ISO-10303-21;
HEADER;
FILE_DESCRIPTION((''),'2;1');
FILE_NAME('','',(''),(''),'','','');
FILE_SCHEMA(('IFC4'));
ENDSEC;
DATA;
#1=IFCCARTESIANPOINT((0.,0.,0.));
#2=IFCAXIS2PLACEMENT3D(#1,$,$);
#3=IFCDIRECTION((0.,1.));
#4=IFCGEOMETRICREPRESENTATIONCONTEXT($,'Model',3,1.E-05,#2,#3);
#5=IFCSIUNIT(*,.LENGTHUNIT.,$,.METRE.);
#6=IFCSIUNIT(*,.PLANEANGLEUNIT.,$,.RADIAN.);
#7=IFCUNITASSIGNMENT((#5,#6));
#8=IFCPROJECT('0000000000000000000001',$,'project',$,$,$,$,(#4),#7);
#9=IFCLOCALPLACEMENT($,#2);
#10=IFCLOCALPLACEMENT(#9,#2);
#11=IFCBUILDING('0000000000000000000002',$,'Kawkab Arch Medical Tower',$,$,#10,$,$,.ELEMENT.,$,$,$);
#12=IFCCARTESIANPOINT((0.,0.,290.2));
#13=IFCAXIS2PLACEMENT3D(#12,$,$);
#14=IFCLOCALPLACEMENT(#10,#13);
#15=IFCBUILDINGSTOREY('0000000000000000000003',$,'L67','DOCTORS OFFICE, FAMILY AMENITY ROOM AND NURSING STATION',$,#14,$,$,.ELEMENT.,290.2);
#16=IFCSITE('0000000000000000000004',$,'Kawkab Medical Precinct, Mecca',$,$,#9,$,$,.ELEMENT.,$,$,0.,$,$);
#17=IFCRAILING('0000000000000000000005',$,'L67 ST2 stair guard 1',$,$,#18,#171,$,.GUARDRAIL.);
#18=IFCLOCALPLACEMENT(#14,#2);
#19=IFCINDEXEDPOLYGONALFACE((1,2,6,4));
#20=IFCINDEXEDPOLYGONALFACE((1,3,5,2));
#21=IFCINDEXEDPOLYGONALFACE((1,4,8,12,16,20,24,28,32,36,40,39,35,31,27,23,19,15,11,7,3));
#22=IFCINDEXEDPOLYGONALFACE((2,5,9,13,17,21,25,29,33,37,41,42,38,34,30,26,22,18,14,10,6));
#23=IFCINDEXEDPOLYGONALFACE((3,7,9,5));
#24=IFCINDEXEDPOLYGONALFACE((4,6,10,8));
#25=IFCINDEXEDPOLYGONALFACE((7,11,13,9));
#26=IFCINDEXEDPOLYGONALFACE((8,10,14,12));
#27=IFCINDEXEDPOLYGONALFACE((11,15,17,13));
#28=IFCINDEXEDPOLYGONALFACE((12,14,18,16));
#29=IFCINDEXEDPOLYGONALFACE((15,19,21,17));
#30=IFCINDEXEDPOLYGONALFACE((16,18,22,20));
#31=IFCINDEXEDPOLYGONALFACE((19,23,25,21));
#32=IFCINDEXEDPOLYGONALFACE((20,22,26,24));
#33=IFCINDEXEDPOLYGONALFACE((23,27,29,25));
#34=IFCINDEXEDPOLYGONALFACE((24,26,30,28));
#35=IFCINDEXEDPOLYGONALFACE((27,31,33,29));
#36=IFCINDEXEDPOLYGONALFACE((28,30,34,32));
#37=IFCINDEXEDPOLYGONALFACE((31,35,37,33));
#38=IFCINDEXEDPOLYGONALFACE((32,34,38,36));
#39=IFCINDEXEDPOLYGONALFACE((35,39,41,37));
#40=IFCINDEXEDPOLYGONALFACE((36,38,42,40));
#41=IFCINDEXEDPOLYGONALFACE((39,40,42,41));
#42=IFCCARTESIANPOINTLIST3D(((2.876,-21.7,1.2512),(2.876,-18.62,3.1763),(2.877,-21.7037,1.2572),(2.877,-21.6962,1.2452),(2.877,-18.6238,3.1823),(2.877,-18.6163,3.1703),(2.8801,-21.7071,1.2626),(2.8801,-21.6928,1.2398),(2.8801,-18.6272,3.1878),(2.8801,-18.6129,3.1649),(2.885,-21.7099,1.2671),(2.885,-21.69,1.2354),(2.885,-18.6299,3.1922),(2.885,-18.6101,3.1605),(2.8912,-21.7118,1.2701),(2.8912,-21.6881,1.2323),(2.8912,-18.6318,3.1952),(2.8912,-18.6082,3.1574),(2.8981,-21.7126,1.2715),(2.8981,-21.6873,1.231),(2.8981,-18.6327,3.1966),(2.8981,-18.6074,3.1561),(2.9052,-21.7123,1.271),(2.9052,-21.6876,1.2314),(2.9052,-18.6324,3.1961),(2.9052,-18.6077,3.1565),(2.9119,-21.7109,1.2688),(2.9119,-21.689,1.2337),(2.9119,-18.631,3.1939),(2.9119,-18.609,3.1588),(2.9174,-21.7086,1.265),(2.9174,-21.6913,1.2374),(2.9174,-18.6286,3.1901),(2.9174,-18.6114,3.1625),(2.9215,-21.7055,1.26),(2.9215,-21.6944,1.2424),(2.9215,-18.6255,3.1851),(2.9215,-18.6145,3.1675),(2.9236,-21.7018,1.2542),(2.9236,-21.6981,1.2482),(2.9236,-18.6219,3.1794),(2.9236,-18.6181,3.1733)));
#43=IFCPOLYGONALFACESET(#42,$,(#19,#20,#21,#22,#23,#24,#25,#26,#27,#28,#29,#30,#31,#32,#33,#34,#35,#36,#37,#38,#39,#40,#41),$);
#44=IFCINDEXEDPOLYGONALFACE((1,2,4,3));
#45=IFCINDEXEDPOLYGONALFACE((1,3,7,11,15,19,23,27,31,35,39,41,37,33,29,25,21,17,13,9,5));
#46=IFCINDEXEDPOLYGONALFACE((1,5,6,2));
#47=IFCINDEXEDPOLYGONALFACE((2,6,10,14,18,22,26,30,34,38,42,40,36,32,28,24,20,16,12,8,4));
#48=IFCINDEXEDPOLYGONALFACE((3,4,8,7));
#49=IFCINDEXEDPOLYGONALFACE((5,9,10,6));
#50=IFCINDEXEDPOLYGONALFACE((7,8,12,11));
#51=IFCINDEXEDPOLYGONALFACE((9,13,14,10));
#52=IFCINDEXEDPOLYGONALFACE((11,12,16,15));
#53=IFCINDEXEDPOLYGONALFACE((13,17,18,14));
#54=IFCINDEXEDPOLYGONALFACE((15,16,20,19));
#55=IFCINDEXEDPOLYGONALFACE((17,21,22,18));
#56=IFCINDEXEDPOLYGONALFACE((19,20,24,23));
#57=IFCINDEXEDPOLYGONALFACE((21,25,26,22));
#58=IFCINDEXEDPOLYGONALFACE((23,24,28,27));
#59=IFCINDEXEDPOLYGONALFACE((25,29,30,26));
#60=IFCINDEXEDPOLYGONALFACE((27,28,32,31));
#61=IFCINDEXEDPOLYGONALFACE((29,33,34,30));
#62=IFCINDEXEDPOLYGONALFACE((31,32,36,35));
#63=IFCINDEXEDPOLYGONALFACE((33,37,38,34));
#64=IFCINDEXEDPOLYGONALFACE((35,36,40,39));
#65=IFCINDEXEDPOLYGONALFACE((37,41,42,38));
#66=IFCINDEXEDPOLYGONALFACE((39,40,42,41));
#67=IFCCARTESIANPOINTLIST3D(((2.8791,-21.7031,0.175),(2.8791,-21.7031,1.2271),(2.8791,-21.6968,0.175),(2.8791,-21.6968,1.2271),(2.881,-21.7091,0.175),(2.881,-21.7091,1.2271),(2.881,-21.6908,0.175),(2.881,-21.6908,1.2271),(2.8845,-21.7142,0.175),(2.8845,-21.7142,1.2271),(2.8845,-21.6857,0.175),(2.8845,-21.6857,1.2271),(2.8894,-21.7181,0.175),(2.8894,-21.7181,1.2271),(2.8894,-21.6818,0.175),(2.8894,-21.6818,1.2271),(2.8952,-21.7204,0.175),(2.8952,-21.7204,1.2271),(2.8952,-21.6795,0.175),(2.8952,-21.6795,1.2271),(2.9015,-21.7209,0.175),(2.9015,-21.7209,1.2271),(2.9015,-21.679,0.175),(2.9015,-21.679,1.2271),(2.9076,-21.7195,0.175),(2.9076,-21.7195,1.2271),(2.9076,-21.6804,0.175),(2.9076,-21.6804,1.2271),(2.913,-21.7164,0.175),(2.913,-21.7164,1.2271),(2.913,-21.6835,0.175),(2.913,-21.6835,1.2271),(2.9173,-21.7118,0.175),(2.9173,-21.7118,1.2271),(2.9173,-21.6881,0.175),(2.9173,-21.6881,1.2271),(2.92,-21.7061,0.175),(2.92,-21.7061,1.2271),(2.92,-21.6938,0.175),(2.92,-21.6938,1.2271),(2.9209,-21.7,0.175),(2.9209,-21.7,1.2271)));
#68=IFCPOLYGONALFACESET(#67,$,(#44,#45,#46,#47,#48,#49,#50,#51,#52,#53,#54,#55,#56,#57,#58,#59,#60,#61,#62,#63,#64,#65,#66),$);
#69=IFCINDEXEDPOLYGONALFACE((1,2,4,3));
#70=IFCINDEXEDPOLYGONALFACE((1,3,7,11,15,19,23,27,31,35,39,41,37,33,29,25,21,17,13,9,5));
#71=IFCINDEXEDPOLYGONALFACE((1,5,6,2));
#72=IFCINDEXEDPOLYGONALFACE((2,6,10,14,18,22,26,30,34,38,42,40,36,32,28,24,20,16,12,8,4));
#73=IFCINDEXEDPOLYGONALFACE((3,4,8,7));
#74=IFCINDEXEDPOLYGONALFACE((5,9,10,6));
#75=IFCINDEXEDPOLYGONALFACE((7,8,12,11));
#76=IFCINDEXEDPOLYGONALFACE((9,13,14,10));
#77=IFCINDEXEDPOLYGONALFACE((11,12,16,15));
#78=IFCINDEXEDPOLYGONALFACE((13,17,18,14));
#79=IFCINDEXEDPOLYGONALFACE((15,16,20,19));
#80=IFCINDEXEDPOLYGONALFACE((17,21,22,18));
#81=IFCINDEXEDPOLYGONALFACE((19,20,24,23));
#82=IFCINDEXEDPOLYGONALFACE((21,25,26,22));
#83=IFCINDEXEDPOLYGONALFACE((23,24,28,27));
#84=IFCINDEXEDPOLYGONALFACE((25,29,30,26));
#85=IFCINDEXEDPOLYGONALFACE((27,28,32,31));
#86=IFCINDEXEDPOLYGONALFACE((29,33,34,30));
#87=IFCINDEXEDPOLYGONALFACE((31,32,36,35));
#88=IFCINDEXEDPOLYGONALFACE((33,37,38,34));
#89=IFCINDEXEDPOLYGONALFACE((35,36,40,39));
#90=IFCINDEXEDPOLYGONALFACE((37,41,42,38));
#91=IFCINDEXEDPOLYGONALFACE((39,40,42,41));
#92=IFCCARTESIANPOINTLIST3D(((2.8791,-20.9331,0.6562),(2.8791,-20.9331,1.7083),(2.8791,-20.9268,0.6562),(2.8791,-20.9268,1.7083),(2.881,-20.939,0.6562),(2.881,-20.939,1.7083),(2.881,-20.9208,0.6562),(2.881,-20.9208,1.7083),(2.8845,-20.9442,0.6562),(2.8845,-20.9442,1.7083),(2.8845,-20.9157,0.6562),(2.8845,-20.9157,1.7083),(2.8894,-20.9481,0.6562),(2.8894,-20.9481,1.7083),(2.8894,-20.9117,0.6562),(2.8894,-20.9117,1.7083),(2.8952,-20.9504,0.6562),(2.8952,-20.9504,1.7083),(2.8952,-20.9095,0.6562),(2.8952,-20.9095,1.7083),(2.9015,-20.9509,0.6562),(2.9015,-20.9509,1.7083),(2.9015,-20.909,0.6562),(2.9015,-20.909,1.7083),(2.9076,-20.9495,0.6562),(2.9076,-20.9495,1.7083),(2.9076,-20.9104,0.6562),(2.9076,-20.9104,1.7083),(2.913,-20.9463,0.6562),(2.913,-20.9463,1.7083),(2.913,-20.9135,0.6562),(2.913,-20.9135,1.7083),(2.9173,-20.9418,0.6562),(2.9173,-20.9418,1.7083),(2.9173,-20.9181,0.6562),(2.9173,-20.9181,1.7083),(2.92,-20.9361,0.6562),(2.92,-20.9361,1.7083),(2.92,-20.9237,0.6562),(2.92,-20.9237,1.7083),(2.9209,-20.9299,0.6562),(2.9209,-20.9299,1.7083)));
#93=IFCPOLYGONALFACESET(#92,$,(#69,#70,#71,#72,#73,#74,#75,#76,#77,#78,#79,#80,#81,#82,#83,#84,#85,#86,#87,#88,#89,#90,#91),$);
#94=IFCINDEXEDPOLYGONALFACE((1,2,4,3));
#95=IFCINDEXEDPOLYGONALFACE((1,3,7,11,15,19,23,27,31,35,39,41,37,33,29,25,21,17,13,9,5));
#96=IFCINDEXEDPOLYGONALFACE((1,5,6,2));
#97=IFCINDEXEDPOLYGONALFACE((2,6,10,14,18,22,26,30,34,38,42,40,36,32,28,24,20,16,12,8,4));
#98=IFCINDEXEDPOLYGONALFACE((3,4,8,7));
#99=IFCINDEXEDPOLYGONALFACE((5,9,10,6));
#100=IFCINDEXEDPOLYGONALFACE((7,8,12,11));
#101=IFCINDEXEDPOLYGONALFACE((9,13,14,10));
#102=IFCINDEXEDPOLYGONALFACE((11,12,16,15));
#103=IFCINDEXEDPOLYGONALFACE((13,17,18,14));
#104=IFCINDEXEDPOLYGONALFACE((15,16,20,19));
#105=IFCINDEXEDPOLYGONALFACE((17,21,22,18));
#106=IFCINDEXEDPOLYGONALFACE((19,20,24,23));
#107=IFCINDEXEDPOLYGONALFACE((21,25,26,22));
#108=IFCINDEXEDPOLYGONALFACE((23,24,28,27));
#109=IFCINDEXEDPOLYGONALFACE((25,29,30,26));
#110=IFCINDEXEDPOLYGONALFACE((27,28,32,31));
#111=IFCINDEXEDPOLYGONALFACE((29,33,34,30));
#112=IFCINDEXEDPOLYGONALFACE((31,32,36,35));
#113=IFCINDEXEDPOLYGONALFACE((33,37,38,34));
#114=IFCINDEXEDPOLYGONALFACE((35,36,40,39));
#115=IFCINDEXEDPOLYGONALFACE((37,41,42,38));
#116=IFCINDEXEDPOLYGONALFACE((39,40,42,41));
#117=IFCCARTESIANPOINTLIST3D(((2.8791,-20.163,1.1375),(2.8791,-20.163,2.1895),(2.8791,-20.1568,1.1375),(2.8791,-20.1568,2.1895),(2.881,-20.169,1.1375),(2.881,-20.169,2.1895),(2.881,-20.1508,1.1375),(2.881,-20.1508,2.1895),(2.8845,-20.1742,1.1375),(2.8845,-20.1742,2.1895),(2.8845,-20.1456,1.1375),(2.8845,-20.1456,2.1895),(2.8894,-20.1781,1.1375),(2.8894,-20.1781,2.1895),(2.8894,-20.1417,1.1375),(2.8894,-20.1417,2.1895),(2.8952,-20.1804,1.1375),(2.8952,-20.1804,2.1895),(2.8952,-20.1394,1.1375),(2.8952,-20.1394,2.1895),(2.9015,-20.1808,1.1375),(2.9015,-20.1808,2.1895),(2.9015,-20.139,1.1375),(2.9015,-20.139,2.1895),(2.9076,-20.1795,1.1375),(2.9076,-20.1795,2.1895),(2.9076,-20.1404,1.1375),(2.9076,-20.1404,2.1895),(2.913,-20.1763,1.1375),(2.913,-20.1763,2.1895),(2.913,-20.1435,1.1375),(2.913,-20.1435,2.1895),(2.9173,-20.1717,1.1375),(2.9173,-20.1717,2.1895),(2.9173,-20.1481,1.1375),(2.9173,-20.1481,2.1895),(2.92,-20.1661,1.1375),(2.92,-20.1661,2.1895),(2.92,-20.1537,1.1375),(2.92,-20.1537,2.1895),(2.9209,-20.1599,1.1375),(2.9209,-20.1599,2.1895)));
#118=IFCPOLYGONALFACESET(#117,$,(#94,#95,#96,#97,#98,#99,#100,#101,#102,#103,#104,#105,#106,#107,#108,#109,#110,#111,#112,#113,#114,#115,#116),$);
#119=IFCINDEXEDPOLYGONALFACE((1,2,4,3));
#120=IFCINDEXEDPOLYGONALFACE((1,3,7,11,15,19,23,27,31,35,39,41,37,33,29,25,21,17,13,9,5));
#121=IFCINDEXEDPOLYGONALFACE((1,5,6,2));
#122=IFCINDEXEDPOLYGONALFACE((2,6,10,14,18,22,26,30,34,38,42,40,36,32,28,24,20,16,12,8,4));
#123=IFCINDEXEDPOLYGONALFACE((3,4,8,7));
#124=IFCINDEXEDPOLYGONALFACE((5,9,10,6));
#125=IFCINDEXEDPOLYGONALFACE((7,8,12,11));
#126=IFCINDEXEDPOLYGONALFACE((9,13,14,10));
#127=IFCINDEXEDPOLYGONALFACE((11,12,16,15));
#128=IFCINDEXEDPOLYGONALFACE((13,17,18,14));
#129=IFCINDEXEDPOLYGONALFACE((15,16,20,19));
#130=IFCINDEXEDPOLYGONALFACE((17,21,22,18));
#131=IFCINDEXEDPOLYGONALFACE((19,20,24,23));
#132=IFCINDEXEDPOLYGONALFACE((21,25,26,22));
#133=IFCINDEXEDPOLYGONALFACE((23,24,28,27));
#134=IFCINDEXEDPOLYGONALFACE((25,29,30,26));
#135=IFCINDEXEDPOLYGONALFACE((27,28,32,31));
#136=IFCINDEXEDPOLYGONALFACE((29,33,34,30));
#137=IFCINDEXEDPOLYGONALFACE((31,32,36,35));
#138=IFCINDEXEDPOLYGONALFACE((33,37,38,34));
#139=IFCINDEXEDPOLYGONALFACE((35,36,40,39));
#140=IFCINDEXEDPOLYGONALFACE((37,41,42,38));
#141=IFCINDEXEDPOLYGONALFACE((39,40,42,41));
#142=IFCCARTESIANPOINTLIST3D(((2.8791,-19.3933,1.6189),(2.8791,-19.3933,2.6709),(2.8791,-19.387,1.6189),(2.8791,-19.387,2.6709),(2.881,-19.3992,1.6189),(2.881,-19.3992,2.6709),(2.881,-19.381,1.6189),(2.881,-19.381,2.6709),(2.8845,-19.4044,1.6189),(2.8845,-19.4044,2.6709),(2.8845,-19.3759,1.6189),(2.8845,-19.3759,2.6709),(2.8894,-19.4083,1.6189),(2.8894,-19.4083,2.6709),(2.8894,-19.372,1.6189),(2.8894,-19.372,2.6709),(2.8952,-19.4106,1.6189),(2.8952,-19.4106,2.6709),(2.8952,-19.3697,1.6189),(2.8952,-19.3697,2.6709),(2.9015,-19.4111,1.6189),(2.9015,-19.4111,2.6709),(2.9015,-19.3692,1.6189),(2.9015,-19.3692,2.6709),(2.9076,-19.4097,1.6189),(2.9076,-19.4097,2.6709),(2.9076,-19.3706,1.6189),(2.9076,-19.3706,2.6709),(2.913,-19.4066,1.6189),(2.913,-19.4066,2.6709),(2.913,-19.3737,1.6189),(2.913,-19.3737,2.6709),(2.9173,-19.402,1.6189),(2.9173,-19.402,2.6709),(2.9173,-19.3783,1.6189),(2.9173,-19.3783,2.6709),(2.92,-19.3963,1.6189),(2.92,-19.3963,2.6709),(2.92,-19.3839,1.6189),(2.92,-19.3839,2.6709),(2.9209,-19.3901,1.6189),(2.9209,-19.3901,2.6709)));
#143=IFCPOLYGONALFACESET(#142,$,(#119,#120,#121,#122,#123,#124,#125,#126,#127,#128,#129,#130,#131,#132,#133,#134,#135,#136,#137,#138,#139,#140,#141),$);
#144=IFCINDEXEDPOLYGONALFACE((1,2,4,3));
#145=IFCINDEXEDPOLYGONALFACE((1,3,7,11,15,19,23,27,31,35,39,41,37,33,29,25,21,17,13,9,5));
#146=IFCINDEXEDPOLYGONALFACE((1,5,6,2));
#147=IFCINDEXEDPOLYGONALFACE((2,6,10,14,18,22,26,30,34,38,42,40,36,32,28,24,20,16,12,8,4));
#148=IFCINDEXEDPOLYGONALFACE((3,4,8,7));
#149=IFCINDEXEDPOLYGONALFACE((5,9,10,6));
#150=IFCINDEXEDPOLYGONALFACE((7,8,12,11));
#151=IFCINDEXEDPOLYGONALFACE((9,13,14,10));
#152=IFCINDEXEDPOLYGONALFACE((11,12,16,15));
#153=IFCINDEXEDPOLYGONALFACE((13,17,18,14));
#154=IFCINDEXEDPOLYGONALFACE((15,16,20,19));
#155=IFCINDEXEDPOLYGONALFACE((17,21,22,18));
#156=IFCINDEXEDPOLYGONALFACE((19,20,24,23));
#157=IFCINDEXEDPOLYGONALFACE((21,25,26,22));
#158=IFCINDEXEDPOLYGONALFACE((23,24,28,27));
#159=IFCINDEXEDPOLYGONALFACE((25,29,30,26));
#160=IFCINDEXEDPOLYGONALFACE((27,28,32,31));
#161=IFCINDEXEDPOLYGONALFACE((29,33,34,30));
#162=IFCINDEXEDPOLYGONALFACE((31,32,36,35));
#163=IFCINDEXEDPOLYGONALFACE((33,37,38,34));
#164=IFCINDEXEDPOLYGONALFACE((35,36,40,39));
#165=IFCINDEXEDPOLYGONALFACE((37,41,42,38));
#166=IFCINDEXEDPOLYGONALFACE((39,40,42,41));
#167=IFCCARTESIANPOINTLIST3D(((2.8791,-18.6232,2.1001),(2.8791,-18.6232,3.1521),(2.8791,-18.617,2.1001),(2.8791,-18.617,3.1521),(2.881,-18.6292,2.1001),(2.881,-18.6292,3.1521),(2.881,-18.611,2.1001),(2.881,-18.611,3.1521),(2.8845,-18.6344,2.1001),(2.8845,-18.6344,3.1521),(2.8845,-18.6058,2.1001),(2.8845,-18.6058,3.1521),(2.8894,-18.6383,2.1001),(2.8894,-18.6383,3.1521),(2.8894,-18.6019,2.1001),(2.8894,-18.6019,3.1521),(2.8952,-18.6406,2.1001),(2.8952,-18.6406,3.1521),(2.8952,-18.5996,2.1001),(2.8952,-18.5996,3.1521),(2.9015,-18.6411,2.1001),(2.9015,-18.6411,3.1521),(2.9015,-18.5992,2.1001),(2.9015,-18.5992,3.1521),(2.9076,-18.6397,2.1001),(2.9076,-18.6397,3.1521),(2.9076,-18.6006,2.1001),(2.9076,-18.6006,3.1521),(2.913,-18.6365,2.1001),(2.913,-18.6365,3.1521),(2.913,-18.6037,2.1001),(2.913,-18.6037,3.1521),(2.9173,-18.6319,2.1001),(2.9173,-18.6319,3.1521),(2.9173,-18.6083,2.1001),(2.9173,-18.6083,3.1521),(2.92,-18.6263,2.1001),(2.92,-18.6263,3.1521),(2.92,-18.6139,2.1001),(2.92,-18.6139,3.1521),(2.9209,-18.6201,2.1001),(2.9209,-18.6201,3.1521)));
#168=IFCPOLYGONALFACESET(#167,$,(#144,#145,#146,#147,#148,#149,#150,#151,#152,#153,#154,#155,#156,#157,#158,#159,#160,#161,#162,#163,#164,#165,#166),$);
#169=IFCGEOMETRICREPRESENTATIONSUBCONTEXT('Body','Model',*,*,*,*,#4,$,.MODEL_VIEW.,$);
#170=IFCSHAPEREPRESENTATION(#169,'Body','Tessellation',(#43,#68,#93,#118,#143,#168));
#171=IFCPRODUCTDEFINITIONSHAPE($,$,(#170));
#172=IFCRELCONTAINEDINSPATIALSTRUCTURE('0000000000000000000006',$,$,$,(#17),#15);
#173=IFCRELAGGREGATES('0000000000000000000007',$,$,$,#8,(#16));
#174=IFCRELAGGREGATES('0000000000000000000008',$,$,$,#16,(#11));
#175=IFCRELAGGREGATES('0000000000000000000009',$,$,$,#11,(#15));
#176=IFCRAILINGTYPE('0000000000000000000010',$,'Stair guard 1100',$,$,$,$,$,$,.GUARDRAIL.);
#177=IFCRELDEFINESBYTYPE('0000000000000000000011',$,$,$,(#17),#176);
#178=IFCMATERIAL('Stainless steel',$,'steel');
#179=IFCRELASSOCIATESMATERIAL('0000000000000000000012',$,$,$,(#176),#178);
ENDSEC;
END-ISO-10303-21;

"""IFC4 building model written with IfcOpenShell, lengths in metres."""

from ifc_helpers import new_model, si_unit, direction, frame, origin, origin_2d, place, context, subcontext, project, spatial, circle, extrude, material, type_object, element, save


model = new_model("IFC4")

# Units and contexts
model_context = context("Model", 3, precision=1e-05, world=origin(), true_north=direction((0.0, 1.0)))
body_context = subcontext(model_context, "Body", "Model", "MODEL_VIEW")
ifc_project = project(units=[si_unit("LENGTHUNIT", "METRE"), si_unit("PLANEANGLEUNIT", "RADIAN")], contexts=[model_context])

# Site, building, storey
site_placement = place(None, origin())
site = spatial("IfcSite", under=ifc_project, at=site_placement, Name="Kawkab Medical Precinct, Mecca", CompositionType="ELEMENT", RefElevation=0.0)
building_placement = place(site_placement, origin())
building = spatial("IfcBuilding", under=site, at=building_placement, Name="Kawkab Arch Medical Tower", CompositionType="ELEMENT")
storey_placement = place(building_placement, frame((0.0, 0.0, 290.2)))
storey = spatial("IfcBuildingStorey", under=building, at=storey_placement, Name="L67", Description="DOCTORS OFFICE, FAMILY AMENITY ROOM AND NURSING STATION", CompositionType="ELEMENT", Elevation=290.2)

# Railing
ifc_material_1 = material(Name="Stainless steel", Category="steel")
railing_type = type_object("IfcRailingType", Name="Stair guard 1100", PredefinedType="GUARDRAIL", material=ifc_material_1)
railing_1_placement = place(storey_placement, frame((2.8999, -21.7, 0.175)))
element("IfcRailing", 1, at=railing_1_placement, inside=storey, type_object=railing_type, Name="L67 ST2 stair guard 1", PredefinedType="GUARDRAIL", context=body_context, shape_type="SweptSolid", body=[
    extrude(circle(Radius=0.0239, at=origin_2d()), frame((0.0, 0.0, 1.0762), z_axis=(0.0, 0.847979, 0.530029), x_axis=(-1.0, 0.0, 0.0)), (0.0, 0.0, 1.0), 3.6321),
    extrude(circle(Radius=0.021, at=origin_2d()), origin(), (0.0, 0.0, 1.0), 1.052),
    extrude(circle(Radius=0.021, at=origin_2d()), frame((0.0, 0.77, 0.4812)), (0.0, 0.0, 1.0), 1.052),
    extrude(circle(Radius=0.021, at=origin_2d()), frame((0.0, 1.54, 0.9624)), (0.0, 0.0, 1.0), 1.052),
    extrude(circle(Radius=0.021, at=origin_2d()), frame((0.0, 2.3098, 1.4438)), (0.0, 0.0, 1.0), 1.052),
    extrude(circle(Radius=0.021, at=origin_2d()), frame((0.0, 3.0798, 1.925)), (0.0, 0.0, 1.0), 1.052),
])

save(model, "model.ifc")
